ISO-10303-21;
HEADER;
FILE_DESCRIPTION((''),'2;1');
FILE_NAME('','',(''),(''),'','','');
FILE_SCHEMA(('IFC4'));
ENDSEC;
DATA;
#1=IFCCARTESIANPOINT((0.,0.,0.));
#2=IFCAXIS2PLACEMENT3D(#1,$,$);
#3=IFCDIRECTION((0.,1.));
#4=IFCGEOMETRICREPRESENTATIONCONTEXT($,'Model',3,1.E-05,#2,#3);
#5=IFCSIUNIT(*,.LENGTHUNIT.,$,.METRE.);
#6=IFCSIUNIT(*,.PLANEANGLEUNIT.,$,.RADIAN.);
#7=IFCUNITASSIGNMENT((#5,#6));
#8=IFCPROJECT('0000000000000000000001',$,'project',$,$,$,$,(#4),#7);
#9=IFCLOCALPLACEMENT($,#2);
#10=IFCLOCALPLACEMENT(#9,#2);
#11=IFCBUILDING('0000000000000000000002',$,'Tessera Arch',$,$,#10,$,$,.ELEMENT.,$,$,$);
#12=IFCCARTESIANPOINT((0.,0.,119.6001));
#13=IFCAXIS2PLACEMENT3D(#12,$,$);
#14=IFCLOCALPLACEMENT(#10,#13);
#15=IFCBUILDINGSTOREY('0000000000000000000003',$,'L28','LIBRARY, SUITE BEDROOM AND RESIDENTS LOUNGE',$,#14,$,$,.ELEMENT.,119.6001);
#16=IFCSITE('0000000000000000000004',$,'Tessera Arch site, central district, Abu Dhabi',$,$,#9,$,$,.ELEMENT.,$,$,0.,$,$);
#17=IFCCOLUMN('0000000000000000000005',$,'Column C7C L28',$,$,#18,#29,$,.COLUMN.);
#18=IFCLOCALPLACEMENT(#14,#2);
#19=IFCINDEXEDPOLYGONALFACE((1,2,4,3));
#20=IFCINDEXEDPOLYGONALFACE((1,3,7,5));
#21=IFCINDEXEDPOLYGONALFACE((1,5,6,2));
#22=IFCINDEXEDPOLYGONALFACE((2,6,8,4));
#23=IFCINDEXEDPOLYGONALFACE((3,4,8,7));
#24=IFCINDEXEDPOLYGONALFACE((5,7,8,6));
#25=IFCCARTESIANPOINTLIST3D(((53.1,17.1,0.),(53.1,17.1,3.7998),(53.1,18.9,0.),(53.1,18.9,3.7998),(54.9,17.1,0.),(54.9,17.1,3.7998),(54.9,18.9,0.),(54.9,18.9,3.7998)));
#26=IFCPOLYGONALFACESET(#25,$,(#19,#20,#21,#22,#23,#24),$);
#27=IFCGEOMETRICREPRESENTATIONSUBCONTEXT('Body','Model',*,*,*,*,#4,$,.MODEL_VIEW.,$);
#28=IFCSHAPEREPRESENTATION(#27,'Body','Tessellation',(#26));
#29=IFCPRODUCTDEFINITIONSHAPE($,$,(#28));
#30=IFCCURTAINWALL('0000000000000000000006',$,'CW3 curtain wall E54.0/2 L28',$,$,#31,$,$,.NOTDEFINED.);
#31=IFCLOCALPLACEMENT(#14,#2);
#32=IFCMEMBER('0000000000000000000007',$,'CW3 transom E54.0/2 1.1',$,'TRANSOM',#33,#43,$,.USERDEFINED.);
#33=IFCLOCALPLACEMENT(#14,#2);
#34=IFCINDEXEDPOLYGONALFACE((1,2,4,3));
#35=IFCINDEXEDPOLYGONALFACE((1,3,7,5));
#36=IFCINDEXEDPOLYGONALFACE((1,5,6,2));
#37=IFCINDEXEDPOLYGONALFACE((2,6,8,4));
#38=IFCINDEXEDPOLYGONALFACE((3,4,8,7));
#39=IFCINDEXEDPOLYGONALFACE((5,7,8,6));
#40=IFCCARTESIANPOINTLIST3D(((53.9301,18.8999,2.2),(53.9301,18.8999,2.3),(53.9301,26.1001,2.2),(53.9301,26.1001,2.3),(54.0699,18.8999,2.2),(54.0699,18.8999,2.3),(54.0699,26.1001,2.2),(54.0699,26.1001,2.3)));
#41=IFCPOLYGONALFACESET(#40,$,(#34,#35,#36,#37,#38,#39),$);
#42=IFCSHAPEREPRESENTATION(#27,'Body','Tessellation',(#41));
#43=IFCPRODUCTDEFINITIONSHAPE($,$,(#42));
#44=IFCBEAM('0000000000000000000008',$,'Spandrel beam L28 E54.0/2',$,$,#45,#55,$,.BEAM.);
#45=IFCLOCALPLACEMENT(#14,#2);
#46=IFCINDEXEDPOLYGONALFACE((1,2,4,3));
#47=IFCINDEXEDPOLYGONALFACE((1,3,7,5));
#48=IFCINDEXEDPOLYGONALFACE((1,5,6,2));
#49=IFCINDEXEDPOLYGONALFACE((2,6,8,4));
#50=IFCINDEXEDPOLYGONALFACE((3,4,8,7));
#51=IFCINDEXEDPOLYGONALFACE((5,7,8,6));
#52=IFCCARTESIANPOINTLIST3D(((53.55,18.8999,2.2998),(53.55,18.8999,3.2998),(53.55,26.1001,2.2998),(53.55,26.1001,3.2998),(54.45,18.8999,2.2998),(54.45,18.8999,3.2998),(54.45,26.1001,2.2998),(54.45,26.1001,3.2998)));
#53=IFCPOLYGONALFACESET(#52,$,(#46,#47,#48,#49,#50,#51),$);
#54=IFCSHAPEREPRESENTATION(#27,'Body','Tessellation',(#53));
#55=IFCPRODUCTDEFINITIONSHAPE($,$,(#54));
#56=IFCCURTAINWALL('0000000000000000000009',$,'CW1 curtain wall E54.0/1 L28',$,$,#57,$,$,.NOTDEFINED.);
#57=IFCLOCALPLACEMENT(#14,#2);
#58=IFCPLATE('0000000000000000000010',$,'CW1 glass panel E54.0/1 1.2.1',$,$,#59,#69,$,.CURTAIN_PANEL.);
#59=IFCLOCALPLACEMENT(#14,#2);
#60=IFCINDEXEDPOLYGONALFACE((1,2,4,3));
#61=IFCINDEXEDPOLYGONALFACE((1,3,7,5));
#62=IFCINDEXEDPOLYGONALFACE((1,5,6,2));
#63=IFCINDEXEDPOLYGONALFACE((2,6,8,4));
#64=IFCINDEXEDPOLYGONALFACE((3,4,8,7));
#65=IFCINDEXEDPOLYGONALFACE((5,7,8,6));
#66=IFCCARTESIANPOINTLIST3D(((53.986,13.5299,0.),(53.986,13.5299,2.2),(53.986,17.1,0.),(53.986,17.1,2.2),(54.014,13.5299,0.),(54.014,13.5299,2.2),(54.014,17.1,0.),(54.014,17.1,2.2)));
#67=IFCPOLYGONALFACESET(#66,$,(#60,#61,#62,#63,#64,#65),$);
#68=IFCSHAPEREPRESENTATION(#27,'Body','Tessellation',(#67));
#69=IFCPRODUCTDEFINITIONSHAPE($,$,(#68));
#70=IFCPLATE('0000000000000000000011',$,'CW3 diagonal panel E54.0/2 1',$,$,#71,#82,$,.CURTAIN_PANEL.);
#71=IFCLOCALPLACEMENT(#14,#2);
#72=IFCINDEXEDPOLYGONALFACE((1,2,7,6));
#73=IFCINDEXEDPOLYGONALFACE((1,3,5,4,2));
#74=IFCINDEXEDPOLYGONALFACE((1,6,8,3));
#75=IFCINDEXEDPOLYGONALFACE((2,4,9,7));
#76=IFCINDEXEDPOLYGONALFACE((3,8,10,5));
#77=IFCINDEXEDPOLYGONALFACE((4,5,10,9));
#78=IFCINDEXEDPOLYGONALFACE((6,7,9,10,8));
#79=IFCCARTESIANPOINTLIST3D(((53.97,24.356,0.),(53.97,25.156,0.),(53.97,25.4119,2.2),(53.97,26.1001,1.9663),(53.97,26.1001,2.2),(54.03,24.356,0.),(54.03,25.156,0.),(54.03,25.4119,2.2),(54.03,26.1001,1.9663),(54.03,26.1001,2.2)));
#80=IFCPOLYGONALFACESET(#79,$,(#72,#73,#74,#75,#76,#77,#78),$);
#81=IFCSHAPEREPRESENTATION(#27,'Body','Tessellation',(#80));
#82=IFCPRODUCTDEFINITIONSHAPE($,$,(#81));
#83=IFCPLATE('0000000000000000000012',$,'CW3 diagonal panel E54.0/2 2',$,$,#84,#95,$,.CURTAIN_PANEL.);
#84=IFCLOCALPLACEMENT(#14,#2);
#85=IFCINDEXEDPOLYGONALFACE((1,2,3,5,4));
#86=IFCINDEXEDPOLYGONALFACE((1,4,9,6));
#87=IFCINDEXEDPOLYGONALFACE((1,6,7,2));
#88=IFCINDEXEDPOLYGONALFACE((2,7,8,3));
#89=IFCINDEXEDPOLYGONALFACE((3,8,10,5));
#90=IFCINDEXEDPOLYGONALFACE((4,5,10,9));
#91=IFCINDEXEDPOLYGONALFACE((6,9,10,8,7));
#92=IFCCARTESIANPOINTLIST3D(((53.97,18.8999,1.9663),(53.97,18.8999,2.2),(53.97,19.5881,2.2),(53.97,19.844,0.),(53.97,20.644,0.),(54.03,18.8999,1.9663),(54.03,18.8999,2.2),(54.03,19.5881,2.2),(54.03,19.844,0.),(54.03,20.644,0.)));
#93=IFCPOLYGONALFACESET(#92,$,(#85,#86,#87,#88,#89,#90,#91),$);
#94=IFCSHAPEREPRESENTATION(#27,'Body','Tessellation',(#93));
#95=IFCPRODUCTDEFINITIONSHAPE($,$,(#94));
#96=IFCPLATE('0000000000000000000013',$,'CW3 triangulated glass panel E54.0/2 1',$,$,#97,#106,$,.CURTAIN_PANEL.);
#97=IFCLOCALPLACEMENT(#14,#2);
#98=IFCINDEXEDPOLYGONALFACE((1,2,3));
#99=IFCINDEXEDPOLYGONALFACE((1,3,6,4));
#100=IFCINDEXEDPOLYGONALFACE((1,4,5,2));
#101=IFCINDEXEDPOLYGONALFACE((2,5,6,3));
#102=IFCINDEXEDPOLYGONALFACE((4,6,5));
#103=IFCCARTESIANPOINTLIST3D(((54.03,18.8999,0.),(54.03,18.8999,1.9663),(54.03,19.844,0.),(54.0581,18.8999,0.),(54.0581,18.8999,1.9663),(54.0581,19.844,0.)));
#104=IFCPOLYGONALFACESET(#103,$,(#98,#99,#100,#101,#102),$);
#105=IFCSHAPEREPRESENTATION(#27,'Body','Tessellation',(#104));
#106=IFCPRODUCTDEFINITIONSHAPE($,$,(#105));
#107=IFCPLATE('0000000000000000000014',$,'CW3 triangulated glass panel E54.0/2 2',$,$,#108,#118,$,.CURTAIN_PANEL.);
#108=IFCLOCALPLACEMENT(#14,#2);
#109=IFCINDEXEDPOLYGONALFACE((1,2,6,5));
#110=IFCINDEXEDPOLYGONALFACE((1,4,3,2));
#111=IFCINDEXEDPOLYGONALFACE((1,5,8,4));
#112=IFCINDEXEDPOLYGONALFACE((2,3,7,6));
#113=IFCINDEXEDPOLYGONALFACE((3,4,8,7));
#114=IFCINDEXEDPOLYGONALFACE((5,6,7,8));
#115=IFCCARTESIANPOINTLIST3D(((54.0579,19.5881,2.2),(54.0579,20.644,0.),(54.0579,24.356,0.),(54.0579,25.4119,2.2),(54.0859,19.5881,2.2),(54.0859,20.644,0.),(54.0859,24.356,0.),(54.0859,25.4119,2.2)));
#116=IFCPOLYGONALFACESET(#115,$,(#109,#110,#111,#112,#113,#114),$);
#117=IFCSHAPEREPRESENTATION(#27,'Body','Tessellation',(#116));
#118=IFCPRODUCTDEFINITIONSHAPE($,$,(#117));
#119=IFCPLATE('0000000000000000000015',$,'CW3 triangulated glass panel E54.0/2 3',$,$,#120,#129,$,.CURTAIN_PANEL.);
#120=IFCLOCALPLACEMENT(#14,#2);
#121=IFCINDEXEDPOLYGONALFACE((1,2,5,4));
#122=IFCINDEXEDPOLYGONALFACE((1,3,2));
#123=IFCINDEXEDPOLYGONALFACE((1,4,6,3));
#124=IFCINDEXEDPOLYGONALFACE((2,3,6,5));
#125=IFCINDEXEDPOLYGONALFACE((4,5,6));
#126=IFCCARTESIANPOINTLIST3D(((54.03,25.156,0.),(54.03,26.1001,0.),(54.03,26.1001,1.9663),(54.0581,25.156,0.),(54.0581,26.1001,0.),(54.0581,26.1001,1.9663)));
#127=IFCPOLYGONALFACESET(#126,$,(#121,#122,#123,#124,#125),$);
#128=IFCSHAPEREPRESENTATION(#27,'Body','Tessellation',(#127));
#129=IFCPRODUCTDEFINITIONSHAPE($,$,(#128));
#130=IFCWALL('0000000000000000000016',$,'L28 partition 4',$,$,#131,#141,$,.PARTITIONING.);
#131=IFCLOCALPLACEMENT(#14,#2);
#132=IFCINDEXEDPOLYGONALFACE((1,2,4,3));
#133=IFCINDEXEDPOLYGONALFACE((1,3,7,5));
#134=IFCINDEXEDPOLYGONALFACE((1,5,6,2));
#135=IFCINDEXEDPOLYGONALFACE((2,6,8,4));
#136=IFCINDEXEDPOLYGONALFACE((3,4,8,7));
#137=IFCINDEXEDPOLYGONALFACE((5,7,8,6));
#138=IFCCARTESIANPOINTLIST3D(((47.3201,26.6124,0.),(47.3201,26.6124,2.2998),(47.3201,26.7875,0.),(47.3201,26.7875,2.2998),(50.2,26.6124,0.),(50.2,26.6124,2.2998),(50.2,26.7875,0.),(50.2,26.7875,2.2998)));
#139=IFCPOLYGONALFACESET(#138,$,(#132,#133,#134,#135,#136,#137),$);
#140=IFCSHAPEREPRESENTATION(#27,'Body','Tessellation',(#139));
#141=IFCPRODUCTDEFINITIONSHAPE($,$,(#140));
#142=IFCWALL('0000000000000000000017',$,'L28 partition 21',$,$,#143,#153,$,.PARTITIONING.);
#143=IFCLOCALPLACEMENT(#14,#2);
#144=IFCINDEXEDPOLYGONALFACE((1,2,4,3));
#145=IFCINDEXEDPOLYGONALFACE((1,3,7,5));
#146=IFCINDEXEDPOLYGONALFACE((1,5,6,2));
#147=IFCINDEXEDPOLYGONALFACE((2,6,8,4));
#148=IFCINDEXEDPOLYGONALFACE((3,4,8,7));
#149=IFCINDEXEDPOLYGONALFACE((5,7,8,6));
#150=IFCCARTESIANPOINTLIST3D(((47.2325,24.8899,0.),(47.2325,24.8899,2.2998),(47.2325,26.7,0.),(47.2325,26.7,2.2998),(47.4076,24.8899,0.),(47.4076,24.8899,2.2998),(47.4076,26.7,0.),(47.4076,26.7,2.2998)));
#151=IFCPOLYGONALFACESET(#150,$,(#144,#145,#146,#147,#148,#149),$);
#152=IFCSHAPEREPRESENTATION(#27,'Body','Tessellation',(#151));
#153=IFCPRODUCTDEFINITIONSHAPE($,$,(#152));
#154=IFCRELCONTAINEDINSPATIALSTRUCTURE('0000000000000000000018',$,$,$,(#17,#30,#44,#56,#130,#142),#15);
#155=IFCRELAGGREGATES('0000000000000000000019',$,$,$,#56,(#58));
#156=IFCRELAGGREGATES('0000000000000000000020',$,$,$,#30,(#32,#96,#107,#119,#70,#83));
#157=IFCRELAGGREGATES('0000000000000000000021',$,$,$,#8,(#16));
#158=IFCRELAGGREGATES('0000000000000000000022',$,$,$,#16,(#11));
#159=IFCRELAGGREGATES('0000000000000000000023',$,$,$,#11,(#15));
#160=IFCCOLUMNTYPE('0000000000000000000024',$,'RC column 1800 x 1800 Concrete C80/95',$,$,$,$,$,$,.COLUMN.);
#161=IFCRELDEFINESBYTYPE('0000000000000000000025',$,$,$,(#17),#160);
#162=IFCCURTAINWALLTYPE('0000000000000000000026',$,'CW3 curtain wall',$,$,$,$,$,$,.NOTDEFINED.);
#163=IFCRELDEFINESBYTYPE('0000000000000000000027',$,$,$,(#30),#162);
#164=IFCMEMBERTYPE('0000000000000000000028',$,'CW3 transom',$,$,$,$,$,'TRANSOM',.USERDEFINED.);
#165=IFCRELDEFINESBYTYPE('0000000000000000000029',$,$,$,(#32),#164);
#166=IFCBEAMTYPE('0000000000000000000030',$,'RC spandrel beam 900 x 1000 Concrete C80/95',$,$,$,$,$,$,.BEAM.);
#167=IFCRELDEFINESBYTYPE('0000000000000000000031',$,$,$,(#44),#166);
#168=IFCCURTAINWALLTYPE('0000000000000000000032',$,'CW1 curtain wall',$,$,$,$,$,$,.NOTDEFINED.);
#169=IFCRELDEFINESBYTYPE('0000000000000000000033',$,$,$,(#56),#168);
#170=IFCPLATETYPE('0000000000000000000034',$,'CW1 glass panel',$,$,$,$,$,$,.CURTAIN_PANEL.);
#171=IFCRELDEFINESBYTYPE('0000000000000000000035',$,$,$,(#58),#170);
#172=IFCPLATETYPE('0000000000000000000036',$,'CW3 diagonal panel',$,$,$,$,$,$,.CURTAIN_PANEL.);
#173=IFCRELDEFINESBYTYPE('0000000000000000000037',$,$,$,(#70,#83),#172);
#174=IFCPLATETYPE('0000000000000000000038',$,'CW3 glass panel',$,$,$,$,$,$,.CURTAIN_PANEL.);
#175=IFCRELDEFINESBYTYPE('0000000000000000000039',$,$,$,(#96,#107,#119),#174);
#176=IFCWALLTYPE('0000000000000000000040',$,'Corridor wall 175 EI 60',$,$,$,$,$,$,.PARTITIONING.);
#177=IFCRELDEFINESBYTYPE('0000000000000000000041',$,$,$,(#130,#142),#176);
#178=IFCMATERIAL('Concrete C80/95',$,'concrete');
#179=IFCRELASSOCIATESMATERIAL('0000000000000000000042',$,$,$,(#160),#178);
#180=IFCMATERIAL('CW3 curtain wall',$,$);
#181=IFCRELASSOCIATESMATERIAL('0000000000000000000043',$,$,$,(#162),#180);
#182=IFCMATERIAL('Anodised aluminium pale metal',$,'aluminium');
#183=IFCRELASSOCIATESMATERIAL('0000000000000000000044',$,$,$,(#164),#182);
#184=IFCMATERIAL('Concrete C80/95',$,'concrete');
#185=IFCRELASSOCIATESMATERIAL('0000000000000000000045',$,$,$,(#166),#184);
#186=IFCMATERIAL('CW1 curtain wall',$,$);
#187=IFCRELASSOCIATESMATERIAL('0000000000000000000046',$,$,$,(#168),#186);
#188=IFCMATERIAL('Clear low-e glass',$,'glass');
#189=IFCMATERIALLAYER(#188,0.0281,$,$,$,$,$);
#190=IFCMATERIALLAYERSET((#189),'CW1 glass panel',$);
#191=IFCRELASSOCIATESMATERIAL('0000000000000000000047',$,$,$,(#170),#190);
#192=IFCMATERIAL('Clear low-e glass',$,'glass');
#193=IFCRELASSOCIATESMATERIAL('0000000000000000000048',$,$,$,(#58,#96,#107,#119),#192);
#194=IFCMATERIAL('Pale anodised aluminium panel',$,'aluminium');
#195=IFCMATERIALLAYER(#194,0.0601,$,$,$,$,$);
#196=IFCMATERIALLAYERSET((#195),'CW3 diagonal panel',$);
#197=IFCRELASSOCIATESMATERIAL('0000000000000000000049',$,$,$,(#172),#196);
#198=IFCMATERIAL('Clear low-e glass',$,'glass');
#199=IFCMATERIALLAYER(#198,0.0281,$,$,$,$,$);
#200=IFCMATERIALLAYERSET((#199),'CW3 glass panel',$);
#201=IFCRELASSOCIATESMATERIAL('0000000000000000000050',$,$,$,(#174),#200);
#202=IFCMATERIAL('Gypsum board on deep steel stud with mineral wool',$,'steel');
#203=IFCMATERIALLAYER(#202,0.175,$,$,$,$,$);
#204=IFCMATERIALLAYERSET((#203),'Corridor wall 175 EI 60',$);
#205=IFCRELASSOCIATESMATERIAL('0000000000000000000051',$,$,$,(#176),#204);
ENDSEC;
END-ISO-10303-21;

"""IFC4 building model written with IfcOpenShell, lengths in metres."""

from ifc_helpers import new_model, si_unit, direction, frame, frame_2d, origin, origin_2d, place, context, subcontext, project, spatial, polyline, rectangle, outline, extrude, material, layer, layer_set, material_profile, profile_set, type_object, element, aggregate, save


model = new_model("IFC4")

# Units and contexts
model_context = context("Model", 3, precision=1e-05, world=origin(), true_north=direction((0.0, 1.0)))
body_context = subcontext(model_context, "Body", "Model", "MODEL_VIEW")
ifc_project = project(units=[si_unit("LENGTHUNIT", "METRE"), si_unit("PLANEANGLEUNIT", "RADIAN")], contexts=[model_context])

# Site, building, storey
site_placement = place(None, origin())
site = spatial("IfcSite", under=ifc_project, at=site_placement, Name="Tessera Arch site, central district, Abu Dhabi", CompositionType="ELEMENT", RefElevation=0.0)
building_placement = place(site_placement, origin())
building = spatial("IfcBuilding", under=site, at=building_placement, Name="Tessera Arch", CompositionType="ELEMENT")
storey_placement = place(building_placement, frame((0.0, 0.0, 119.6001)))
storey = spatial("IfcBuildingStorey", under=building, at=storey_placement, Name="L28", Description="LIBRARY, SUITE BEDROOM AND RESIDENTS LOUNGE", CompositionType="ELEMENT", Elevation=119.6001)

# Column
ifc_material_1 = material(Name="Concrete C80/95", Category="concrete")
ifc_material_profile_1 = material_profile(ifc_material_1, rectangle(XDim=1.8, YDim=1.8, at=origin_2d()), Name="RC column 1800 x 1800 Concrete C80/95")
ifc_profile_set_1 = profile_set([ifc_material_profile_1], Name="Concrete C80/95")
column_type = type_object("IfcColumnType", Name="RC column 1800 x 1800 Concrete C80/95", PredefinedType="COLUMN", material=ifc_profile_set_1)
column_placement = place(storey_placement, frame((54.0, 18.0, 0.0), z_axis=(0.0, 0.0, 1.0), x_axis=(1.0, 0.0, 0.0)))
element("IfcColumn", 1, at=column_placement, inside=storey, type_object=column_type, Name="Column C7C L28", PredefinedType="COLUMN", context=body_context, shape_type="SweptSolid", body=[
    extrude(rectangle(XDim=1.8, YDim=1.8, at=origin_2d()), origin(), (0.0, 0.0, 1.0), 3.7998),
])

# Curtain wall, member
ifc_material_2 = material(Name="CW3 curtain wall")
curtain_wall_type_1 = type_object("IfcCurtainWallType", Name="CW3 curtain wall", PredefinedType="NOTDEFINED", material=ifc_material_2)
curtain_wall_1_placement = place(storey_placement, origin())
curtain_wall_1 = element("IfcCurtainWall", 2, at=curtain_wall_1_placement, inside=storey, type_object=curtain_wall_type_1, Name="CW3 curtain wall E54.0/2 L28", PredefinedType="NOTDEFINED")
ifc_material_3 = material(Name="Anodised aluminium pale metal", Category="aluminium")
ifc_material_profile_2 = material_profile(ifc_material_3, rectangle(XDim=0.1399, YDim=0.1001, at=origin_2d()), Name="AL 140x100")
ifc_profile_set_2 = profile_set([ifc_material_profile_2], Name="Anodised aluminium pale metal")
member_type = type_object("IfcMemberType", Name="CW3 transom", ElementType="TRANSOM", PredefinedType="USERDEFINED", material=ifc_profile_set_2)
member_placement = place(storey_placement, frame((54.0, 18.8999, 2.25), z_axis=(0.0, 1.0, 0.0), x_axis=(-1.0, 0.0, 0.0)))
member = element("IfcMember", 3, at=member_placement, type_object=member_type, Name="CW3 transom E54.0/2 1.1", ObjectType="TRANSOM", PredefinedType="USERDEFINED", context=body_context, shape_type="SweptSolid", body=[
    extrude(rectangle(XDim=0.1399, YDim=0.1001, at=origin_2d()), origin(), (0.0, 0.0, 1.0), 7.2002),
])

# Beam
ifc_material_4 = material(Name="Concrete C80/95", Category="concrete")
ifc_material_profile_3 = material_profile(ifc_material_4, rectangle(XDim=0.8999, YDim=1.0, at=origin_2d()), Name="RC spandrel beam 900 x 1000 Concrete C80/95")
ifc_profile_set_3 = profile_set([ifc_material_profile_3], Name="Concrete C80/95")
beam_type = type_object("IfcBeamType", Name="RC spandrel beam 900 x 1000 Concrete C80/95", PredefinedType="BEAM", material=ifc_profile_set_3)
beam_placement = place(storey_placement, frame((54.0, 18.8999, 2.7998), z_axis=(0.0, 1.0, 0.0), x_axis=(-1.0, 0.0, 0.0)))
element("IfcBeam", 4, at=beam_placement, inside=storey, type_object=beam_type, Name="Spandrel beam L28 E54.0/2", PredefinedType="BEAM", context=body_context, shape_type="SweptSolid", body=[
    extrude(rectangle(XDim=0.8999, YDim=1.0, at=origin_2d()), origin(), (0.0, 0.0, 1.0), 7.2002),
])

# Curtain wall, plate
ifc_material_5 = material(Name="CW1 curtain wall")
curtain_wall_type_2 = type_object("IfcCurtainWallType", Name="CW1 curtain wall", PredefinedType="NOTDEFINED", material=ifc_material_5)
curtain_wall_2_placement = place(storey_placement, origin())
curtain_wall_2 = element("IfcCurtainWall", 5, at=curtain_wall_2_placement, inside=storey, type_object=curtain_wall_type_2, Name="CW1 curtain wall E54.0/1 L28", PredefinedType="NOTDEFINED")
ifc_material_6 = material(Name="Clear low-e glass", Category="glass")
ifc_material_7 = material(Name="Clear low-e glass", Category="glass")
ifc_layer_1 = layer(ifc_material_7, 0.0281)
ifc_layer_set_1 = layer_set([ifc_layer_1], Name="CW1 glass panel")
plate_type_1 = type_object("IfcPlateType", Name="CW1 glass panel", PredefinedType="CURTAIN_PANEL", material=ifc_layer_set_1)
plate_1_placement = place(storey_placement, frame((54.0, 15.3149, 0.0), z_axis=(0.0, 0.0, 1.0), x_axis=(0.0, 1.0, 0.0)))
plate_1 = element("IfcPlate", 6, at=plate_1_placement, type_object=plate_type_1, material=ifc_material_6, Name="CW1 glass panel E54.0/1 1.2.1", PredefinedType="CURTAIN_PANEL", context=body_context, shape_type="SweptSolid", body=[
    extrude(rectangle(XDim=3.5701, YDim=0.0281, at=origin_2d()), origin(), (0.0, 0.0, 1.0), 2.2),
])
aggregate(curtain_wall_2, [plate_1])

# Plates
ifc_material_8 = material(Name="Pale anodised aluminium panel", Category="aluminium")
ifc_layer_2 = layer(ifc_material_8, 0.0601)
ifc_layer_set_2 = layer_set([ifc_layer_2], Name="CW3 diagonal panel")
plate_type_2 = type_object("IfcPlateType", Name="CW3 diagonal panel", PredefinedType="CURTAIN_PANEL", material=ifc_layer_set_2)
plate_2_placement = place(storey_placement, frame((54.03, 26.1001, 2.2), z_axis=(1.0, 0.0, 0.0), x_axis=(0.0, -1.0, 0.0)))
plate_2 = element("IfcPlate", 7, at=plate_2_placement, type_object=plate_type_2, Name="CW3 diagonal panel E54.0/2 1", PredefinedType="CURTAIN_PANEL", context=body_context, shape_type="SweptSolid", body=[
    extrude(outline(polyline([(0.0, 0.0), (0.6882, 0.0), (1.7441, 2.2), (0.9441, 2.2), (0.0, 0.2336), (0.0, 0.0)])), origin(), (0.0, 0.0, -1.0), 0.0601),
])
plate_3_placement = place(storey_placement, frame((54.03, 18.8999, 2.2), z_axis=(1.0, 0.0, 0.0), x_axis=(0.0, 0.0, -1.0)))
plate_3 = element("IfcPlate", 8, at=plate_3_placement, type_object=plate_type_2, Name="CW3 diagonal panel E54.0/2 2", PredefinedType="CURTAIN_PANEL", context=body_context, shape_type="SweptSolid", body=[
    extrude(outline(polyline([(0.0, 0.0), (0.2336, 0.0), (2.2, 0.9441), (2.2, 1.7441), (0.0, 0.6882), (0.0, 0.0)])), origin(), (0.0, 0.0, -1.0), 0.0601),
])
ifc_material_9 = material(Name="Clear low-e glass", Category="glass")
ifc_layer_3 = layer(ifc_material_9, 0.0281)
ifc_layer_set_3 = layer_set([ifc_layer_3], Name="CW3 glass panel")
plate_type_3 = type_object("IfcPlateType", Name="CW3 glass panel", PredefinedType="CURTAIN_PANEL", material=ifc_layer_set_3)
plate_4_placement = place(storey_placement, frame((54.0581, 18.8999, 0.0), z_axis=(1.0, 0.0, 0.0), x_axis=(0.0, 1.0, 0.0)))
plate_4 = element("IfcPlate", 9, at=plate_4_placement, type_object=plate_type_3, material=ifc_material_6, Name="CW3 triangulated glass panel E54.0/2 1", PredefinedType="CURTAIN_PANEL", context=body_context, shape_type="SweptSolid", body=[
    extrude(outline(polyline([(0.0, 0.0), (0.9441, 0.0), (0.0, 1.9663), (0.0, 0.0)])), origin(), (0.0, 0.0, -1.0), 0.0281),
])
plate_5_placement = place(storey_placement, frame((54.0859, 25.4119, 2.2), z_axis=(1.0, 0.0, 0.0), x_axis=(0.0, -1.0, 0.0)))
plate_5 = element("IfcPlate", 10, at=plate_5_placement, type_object=plate_type_3, material=ifc_material_6, Name="CW3 triangulated glass panel E54.0/2 2", PredefinedType="CURTAIN_PANEL", context=body_context, shape_type="SweptSolid", body=[
    extrude(outline(polyline([(0.0, 0.0), (5.8237, 0.0), (4.7678, 2.2), (1.0559, 2.2), (0.0, 0.0)])), origin(), (0.0, 0.0, -1.0), 0.0281),
])
plate_6_placement = place(storey_placement, frame((54.0581, 26.1001, 0.0), z_axis=(1.0, 0.0, 0.0), x_axis=(0.0, 0.0, 1.0)))
plate_6 = element("IfcPlate", 11, at=plate_6_placement, type_object=plate_type_3, material=ifc_material_6, Name="CW3 triangulated glass panel E54.0/2 3", PredefinedType="CURTAIN_PANEL", context=body_context, shape_type="SweptSolid", body=[
    extrude(outline(polyline([(0.0, 0.0), (1.9663, 0.0), (0.0, 0.9441), (0.0, 0.0)])), origin(), (0.0, 0.0, -1.0), 0.0281),
])
aggregate(curtain_wall_1, [member, plate_4, plate_5, plate_6, plate_2, plate_3])

# Walls
ifc_material_10 = material(Name="Gypsum board on deep steel stud with mineral wool", Category="steel")
ifc_layer_4 = layer(ifc_material_10, 0.175)
ifc_layer_set_4 = layer_set([ifc_layer_4], Name="Corridor wall 175 EI 60")
wall_type_1 = type_object("IfcWallType", Name="Corridor wall 175 EI 60", PredefinedType="PARTITIONING", material=ifc_layer_set_4)
wall_1_placement = place(storey_placement, frame((47.3201, 26.7, 0.0), z_axis=(0.0, 0.0, 1.0), x_axis=(1.0, 0.0, 0.0)))
element("IfcWall", 12, at=wall_1_placement, inside=storey, type_object=wall_type_1, Name="L28 partition 4", PredefinedType="PARTITIONING", context=body_context, shape_type="SweptSolid", body=[
    extrude(rectangle(XDim=2.8799, YDim=0.175, at=frame_2d((1.4399, 0.0))), origin(), (0.0, 0.0, 1.0), 2.2998),
])
wall_2_placement = place(storey_placement, frame((47.3201, 24.8899, 0.0), z_axis=(0.0, 0.0, 1.0), x_axis=(0.0, 1.0, 0.0)))
element("IfcWall", 13, at=wall_2_placement, inside=storey, type_object=wall_type_1, Name="L28 partition 21", PredefinedType="PARTITIONING", context=body_context, shape_type="SweptSolid", body=[
    extrude(rectangle(XDim=1.8101, YDim=0.175, at=frame_2d((0.905, 0.0))), origin(), (0.0, 0.0, 1.0), 2.2998),
])

save(model, "model.ifc")
